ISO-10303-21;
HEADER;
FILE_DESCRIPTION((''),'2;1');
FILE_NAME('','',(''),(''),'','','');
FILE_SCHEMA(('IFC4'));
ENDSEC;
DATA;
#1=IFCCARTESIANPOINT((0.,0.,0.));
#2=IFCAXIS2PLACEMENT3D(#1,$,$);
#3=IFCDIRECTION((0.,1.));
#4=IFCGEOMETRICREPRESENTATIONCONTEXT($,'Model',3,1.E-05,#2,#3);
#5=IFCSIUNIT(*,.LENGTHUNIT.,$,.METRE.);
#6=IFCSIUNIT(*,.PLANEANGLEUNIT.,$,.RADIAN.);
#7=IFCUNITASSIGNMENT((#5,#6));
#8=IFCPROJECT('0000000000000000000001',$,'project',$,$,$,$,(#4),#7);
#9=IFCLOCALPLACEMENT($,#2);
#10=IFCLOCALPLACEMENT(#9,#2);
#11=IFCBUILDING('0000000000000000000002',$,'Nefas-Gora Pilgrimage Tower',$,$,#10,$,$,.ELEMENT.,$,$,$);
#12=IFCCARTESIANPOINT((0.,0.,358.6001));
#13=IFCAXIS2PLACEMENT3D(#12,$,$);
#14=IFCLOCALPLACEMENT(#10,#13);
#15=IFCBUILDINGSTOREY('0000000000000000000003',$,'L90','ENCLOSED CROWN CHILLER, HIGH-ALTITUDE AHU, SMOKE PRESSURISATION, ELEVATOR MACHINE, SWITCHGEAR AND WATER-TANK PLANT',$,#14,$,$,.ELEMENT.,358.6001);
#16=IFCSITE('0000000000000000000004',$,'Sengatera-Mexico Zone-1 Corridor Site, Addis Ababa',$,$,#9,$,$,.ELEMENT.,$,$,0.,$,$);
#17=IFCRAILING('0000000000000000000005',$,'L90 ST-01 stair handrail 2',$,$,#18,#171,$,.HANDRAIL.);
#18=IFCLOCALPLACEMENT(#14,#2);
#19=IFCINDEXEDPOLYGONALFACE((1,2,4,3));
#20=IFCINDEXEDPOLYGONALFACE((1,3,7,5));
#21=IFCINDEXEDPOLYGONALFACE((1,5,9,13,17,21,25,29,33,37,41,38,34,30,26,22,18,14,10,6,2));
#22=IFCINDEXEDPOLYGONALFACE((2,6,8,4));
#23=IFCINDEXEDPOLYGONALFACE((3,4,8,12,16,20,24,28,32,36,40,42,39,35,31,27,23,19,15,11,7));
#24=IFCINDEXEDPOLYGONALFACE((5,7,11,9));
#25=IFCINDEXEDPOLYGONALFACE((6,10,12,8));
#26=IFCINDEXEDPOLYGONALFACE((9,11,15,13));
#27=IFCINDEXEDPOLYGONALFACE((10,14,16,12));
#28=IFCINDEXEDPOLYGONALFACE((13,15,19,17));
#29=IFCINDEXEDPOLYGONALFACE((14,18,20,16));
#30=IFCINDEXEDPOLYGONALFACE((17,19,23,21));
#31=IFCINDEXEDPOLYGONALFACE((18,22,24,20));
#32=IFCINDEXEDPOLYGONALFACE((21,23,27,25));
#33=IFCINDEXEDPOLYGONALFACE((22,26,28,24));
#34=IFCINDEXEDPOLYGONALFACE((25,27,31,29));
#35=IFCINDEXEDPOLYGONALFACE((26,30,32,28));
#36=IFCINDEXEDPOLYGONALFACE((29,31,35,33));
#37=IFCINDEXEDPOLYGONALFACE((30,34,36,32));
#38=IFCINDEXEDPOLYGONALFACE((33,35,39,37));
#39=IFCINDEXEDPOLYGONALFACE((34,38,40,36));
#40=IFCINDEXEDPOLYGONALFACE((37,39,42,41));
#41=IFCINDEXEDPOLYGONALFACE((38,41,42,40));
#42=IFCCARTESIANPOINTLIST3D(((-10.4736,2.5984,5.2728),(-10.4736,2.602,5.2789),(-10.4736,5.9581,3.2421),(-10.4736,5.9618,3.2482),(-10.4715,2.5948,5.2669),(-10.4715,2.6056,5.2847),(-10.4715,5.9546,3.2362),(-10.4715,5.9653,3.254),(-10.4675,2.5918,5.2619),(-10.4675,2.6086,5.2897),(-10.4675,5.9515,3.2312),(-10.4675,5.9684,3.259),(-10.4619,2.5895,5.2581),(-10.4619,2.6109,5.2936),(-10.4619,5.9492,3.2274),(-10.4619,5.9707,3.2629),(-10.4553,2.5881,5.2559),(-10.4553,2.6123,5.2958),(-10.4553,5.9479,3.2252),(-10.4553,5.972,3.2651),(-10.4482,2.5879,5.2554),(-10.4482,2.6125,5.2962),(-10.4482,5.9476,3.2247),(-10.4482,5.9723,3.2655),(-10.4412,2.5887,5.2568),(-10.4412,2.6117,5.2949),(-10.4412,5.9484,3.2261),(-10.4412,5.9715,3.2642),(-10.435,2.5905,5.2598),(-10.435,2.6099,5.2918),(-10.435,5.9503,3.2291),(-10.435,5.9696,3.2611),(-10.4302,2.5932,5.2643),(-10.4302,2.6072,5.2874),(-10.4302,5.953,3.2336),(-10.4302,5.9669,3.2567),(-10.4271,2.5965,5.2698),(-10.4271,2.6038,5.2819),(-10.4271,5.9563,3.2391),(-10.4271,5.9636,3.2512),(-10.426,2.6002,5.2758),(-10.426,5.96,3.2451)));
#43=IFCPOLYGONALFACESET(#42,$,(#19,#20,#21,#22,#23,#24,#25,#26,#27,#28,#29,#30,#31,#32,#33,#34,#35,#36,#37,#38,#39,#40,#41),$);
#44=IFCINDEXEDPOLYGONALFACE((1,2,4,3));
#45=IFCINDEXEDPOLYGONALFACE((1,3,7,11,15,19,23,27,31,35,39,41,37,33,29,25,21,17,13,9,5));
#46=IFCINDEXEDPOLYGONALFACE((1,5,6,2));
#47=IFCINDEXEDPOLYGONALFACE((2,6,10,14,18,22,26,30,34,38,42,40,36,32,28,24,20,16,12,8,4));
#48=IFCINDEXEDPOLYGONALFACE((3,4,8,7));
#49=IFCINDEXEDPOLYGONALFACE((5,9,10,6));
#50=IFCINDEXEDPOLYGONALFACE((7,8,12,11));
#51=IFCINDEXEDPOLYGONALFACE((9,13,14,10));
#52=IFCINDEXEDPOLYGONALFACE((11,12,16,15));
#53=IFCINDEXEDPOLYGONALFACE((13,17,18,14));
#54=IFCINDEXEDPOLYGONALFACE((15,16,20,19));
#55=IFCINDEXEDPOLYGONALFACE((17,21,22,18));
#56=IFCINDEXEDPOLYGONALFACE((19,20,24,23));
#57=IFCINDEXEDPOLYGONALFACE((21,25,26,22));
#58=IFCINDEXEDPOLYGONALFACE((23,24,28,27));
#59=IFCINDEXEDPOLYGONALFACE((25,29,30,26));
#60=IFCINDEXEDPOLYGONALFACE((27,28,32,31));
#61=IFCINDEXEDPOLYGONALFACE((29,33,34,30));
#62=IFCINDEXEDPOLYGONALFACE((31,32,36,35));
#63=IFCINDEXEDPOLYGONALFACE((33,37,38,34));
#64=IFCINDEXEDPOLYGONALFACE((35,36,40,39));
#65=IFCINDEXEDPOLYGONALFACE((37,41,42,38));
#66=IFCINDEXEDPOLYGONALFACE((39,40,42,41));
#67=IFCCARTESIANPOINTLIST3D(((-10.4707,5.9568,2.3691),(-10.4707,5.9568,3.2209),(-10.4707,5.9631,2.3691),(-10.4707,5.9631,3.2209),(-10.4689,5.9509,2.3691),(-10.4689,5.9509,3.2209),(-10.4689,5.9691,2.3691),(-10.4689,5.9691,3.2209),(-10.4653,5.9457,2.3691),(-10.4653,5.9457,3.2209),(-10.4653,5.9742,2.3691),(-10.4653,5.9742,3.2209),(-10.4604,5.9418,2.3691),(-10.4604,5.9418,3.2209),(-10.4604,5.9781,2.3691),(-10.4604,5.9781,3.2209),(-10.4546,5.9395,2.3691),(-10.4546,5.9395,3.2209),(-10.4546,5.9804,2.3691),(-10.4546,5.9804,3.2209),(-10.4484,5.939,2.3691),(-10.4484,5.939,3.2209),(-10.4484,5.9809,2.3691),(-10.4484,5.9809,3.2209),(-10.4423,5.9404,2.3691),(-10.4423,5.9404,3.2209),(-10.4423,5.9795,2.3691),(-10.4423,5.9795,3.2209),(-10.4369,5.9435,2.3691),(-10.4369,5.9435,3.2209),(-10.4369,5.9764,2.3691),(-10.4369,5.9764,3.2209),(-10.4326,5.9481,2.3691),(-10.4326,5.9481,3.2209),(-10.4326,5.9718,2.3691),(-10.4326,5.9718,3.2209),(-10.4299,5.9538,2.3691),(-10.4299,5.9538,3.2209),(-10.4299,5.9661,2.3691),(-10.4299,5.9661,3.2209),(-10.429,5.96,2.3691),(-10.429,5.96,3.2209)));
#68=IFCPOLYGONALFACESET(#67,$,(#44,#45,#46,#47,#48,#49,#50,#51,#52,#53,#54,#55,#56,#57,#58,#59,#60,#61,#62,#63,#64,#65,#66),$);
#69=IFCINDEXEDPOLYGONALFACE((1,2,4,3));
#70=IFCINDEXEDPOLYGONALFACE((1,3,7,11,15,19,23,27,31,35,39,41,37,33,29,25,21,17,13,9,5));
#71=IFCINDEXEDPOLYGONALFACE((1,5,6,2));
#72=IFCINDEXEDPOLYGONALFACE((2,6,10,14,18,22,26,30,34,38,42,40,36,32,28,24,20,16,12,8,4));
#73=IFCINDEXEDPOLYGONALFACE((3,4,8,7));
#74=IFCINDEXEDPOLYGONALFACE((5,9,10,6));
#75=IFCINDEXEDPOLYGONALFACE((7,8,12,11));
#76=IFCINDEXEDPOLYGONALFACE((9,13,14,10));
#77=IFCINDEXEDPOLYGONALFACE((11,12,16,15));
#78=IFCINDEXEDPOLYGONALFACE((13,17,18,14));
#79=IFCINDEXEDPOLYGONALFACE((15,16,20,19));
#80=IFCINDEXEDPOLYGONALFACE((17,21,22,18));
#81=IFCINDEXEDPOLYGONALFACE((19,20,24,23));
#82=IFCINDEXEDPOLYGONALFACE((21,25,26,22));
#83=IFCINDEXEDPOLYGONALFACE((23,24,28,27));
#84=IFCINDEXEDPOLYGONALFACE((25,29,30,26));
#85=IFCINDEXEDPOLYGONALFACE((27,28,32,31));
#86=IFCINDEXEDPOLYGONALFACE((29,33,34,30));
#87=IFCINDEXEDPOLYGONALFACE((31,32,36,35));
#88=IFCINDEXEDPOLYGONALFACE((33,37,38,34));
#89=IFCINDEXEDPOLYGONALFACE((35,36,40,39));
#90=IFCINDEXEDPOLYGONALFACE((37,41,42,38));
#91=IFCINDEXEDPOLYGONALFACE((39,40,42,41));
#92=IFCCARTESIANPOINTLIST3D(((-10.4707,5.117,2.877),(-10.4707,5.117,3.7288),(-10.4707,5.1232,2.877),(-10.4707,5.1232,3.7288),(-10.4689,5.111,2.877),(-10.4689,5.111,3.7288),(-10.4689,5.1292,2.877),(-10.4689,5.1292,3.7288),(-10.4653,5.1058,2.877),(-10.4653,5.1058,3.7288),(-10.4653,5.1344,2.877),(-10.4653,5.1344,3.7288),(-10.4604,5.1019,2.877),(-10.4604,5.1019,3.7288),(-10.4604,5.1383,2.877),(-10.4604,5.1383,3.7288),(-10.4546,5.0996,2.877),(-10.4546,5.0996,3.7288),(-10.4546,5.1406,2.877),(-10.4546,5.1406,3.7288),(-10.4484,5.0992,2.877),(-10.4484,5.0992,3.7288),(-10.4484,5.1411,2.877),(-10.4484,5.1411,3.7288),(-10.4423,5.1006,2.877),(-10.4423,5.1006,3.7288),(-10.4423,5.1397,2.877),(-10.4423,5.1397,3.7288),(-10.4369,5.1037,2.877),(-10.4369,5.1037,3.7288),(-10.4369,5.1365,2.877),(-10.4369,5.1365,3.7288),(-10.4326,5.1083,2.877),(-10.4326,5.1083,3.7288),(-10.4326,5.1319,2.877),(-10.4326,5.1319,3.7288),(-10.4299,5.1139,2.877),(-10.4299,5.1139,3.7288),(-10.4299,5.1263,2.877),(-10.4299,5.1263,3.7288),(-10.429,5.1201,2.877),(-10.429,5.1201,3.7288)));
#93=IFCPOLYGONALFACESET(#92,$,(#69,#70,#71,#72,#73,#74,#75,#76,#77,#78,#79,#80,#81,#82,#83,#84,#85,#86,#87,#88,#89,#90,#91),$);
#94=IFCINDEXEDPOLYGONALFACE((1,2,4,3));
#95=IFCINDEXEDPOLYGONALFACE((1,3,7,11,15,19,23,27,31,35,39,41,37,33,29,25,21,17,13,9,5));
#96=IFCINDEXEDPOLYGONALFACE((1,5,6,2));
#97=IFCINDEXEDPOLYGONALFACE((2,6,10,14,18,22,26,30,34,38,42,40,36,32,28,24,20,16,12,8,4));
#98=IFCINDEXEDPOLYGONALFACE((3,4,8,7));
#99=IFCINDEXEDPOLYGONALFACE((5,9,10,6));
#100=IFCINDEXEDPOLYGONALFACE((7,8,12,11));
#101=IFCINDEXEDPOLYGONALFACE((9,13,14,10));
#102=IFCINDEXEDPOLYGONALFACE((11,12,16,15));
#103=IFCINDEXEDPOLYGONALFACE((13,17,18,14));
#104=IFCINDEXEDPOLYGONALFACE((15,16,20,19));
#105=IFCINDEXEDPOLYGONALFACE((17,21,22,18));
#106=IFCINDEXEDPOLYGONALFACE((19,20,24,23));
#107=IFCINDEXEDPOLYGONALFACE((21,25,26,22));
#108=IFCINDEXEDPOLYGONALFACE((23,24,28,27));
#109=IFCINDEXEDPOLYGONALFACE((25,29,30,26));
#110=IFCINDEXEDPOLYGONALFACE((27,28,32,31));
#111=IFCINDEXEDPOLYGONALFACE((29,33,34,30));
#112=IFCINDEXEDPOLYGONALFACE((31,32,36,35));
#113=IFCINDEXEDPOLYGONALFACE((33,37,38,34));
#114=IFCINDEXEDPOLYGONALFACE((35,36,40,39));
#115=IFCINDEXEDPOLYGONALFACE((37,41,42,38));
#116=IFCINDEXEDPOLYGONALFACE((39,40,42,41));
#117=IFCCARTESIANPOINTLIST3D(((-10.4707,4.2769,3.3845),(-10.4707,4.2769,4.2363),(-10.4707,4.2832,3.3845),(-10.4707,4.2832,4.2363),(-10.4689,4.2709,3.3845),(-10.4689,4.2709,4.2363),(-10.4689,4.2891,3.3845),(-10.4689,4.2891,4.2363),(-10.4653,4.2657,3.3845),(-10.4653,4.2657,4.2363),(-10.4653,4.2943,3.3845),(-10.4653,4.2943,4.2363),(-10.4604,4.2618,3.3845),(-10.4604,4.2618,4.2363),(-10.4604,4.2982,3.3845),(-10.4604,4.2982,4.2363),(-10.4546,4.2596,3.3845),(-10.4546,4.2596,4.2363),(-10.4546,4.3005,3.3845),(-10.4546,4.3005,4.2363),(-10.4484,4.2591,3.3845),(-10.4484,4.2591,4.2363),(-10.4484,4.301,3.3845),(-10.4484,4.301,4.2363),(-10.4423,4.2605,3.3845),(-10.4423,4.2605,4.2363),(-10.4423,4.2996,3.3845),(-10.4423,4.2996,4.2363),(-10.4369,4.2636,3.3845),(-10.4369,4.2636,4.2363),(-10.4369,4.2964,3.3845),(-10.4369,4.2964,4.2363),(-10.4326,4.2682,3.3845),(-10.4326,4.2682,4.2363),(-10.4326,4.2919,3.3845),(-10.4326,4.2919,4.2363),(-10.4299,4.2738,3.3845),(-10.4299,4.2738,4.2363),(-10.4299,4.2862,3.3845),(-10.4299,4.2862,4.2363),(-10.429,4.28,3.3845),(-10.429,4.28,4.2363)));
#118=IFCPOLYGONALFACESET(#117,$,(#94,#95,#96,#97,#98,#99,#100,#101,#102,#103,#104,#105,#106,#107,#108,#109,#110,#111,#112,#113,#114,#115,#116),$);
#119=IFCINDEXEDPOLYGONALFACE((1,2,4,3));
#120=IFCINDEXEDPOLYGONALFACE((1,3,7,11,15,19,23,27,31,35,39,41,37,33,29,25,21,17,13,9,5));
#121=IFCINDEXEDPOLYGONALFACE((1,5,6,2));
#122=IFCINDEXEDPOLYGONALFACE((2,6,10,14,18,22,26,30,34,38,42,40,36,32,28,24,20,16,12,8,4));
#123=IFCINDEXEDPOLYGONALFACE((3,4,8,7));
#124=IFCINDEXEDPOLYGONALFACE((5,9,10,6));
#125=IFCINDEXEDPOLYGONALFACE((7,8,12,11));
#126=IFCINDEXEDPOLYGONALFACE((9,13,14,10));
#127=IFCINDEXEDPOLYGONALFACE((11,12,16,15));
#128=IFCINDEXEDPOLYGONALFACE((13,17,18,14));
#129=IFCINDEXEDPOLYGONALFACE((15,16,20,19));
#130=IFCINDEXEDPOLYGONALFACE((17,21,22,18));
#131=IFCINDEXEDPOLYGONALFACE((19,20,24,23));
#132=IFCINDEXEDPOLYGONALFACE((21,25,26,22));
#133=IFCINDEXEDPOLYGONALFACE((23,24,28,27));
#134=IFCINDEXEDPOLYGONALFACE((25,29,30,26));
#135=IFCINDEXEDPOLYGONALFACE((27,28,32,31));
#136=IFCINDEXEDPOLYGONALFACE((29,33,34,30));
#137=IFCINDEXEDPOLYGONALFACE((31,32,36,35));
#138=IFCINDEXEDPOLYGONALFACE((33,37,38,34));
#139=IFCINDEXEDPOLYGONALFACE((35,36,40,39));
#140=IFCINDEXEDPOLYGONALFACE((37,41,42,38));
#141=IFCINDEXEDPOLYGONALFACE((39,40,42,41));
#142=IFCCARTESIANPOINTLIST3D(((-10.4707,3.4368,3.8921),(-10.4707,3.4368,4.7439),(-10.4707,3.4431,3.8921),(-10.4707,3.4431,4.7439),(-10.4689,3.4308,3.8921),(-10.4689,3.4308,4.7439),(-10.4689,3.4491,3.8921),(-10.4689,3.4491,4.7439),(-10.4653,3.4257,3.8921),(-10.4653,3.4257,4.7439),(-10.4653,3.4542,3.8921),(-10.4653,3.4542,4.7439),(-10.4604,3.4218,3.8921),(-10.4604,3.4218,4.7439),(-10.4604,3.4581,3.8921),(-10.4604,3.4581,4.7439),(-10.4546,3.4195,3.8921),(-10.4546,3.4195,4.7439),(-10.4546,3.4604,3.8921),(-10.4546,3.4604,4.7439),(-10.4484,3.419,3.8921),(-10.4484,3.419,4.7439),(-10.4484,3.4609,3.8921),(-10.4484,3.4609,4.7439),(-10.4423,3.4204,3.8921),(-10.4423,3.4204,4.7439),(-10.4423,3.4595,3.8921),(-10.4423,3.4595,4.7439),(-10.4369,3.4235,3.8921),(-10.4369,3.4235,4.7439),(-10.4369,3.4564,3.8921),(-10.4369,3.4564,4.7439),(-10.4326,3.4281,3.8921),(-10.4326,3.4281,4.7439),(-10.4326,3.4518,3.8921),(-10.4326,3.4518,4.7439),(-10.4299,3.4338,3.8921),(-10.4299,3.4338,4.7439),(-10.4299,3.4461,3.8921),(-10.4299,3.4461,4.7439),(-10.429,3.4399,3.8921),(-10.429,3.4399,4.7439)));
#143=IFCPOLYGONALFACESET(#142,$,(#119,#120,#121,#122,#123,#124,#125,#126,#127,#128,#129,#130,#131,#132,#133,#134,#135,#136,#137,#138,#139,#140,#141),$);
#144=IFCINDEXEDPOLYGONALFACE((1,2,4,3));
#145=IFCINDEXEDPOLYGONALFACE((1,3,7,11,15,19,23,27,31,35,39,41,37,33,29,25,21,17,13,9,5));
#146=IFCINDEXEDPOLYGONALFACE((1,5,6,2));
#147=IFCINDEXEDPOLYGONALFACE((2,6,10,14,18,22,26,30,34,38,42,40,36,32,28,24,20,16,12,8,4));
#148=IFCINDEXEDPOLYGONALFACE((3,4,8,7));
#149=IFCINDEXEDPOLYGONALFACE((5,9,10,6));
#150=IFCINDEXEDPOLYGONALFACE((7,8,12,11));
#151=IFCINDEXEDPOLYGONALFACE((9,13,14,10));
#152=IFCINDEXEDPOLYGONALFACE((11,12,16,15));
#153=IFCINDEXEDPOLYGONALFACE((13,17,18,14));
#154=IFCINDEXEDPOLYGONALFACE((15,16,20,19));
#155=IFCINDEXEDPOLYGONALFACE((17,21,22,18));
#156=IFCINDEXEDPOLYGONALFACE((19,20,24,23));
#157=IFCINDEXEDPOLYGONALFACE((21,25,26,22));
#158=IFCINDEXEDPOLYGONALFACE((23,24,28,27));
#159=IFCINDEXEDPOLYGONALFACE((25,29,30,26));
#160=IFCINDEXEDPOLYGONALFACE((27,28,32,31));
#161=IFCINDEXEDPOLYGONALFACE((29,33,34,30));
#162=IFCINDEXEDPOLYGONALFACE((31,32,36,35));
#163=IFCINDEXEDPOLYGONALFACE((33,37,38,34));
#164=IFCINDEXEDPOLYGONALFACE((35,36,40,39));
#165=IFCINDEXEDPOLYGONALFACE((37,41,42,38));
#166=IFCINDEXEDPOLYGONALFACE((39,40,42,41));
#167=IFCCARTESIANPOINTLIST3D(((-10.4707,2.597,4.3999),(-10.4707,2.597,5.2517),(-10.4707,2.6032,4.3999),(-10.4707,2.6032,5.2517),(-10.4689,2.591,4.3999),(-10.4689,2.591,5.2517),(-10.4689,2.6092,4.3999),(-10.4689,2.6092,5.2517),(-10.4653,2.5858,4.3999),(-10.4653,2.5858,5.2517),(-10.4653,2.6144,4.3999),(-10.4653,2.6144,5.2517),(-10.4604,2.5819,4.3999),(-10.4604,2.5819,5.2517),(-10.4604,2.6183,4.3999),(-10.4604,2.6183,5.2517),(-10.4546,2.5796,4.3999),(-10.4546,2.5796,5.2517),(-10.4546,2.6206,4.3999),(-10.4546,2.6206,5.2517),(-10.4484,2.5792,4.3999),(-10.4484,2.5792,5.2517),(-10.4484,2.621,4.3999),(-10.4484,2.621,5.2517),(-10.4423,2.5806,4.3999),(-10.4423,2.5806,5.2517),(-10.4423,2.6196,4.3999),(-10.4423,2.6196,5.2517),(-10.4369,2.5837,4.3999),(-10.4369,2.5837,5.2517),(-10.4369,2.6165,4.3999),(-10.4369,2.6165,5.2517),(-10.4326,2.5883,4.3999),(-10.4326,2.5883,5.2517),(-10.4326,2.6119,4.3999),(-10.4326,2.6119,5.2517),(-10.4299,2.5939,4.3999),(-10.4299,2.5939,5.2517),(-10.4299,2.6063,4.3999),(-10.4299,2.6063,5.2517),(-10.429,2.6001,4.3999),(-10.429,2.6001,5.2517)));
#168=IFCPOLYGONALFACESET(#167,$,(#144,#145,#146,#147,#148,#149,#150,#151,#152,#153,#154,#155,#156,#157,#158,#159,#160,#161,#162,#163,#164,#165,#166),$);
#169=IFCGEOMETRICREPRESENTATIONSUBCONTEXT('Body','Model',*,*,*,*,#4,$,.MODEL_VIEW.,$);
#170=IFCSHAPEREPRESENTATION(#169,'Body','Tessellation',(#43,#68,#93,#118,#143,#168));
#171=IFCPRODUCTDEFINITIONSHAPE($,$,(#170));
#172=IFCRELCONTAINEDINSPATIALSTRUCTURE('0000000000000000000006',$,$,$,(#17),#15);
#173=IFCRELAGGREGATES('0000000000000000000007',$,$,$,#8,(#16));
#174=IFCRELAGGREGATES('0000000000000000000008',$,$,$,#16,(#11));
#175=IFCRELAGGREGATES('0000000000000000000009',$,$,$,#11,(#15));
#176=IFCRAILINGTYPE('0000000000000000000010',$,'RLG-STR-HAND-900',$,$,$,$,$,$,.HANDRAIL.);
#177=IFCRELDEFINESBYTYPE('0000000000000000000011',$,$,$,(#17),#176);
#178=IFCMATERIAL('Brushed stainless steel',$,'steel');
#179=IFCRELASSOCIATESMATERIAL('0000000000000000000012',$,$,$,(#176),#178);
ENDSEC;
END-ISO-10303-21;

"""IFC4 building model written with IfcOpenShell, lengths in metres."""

from ifc_helpers import new_model, si_unit, direction, frame, origin, origin_2d, place, context, subcontext, project, spatial, circle, extrude, material, type_object, element, save


model = new_model("IFC4")

# Units and contexts
model_context = context("Model", 3, precision=1e-05, world=origin(), true_north=direction((0.0, 1.0)))
body_context = subcontext(model_context, "Body", "Model", "MODEL_VIEW")
ifc_project = project(units=[si_unit("LENGTHUNIT", "METRE"), si_unit("PLANEANGLEUNIT", "RADIAN")], contexts=[model_context])

# Site, building, storey
site_placement = place(None, origin())
site = spatial("IfcSite", under=ifc_project, at=site_placement, Name="Sengatera-Mexico Zone-1 Corridor Site, Addis Ababa", CompositionType="ELEMENT", RefElevation=0.0)
building_placement = place(site_placement, origin())
building = spatial("IfcBuilding", under=site, at=building_placement, Name="Nefas-Gora Pilgrimage Tower", CompositionType="ELEMENT")
storey_placement = place(building_placement, frame((0.0, 0.0, 358.6001)))
storey = spatial("IfcBuildingStorey", under=building, at=storey_placement, Name="L90", Description="ENCLOSED CROWN CHILLER, HIGH-ALTITUDE AHU, SMOKE PRESSURISATION, ELEVATOR MACHINE, SWITCHGEAR AND WATER-TANK PLANT", CompositionType="ELEMENT", Elevation=358.6001)

# Railing
ifc_material_1 = material(Name="Brushed stainless steel", Category="steel")
railing_type_1 = type_object("IfcRailingType", Name="RLG-STR-HAND-900", PredefinedType="HANDRAIL", material=ifc_material_1)
railing_1_placement = place(storey_placement, frame((-10.45, 5.96, 2.3691)))
element("IfcRailing", 1, at=railing_1_placement, inside=storey, type_object=railing_type_1, Name="L90 ST-01 stair handrail 2", PredefinedType="HANDRAIL", context=body_context, shape_type="SweptSolid", body=[
    extrude(circle(Radius=0.0239, at=origin_2d()), frame((0.0, 0.0, 0.876), z_axis=(0.0, -0.85582, 0.517273), x_axis=(1.0, 0.0, 0.0)), (0.0, 0.0, 1.0), 3.9258),
    extrude(circle(Radius=0.021, at=origin_2d()), origin(), (0.0, 0.0, 1.0), 0.8518),
    extrude(circle(Radius=0.021, at=origin_2d()), frame((0.0, -0.8398, 0.5078)), (0.0, 0.0, 1.0), 0.8518),
    extrude(circle(Radius=0.021, at=origin_2d()), frame((0.0, -1.6799, 1.0154)), (0.0, 0.0, 1.0), 0.8518),
    extrude(circle(Radius=0.021, at=origin_2d()), frame((0.0, -2.52, 1.5229)), (0.0, 0.0, 1.0), 0.8518),
    extrude(circle(Radius=0.021, at=origin_2d()), frame((0.0, -3.3599, 2.0308)), (0.0, 0.0, 1.0), 0.8518),
])

save(model, "model.ifc")
